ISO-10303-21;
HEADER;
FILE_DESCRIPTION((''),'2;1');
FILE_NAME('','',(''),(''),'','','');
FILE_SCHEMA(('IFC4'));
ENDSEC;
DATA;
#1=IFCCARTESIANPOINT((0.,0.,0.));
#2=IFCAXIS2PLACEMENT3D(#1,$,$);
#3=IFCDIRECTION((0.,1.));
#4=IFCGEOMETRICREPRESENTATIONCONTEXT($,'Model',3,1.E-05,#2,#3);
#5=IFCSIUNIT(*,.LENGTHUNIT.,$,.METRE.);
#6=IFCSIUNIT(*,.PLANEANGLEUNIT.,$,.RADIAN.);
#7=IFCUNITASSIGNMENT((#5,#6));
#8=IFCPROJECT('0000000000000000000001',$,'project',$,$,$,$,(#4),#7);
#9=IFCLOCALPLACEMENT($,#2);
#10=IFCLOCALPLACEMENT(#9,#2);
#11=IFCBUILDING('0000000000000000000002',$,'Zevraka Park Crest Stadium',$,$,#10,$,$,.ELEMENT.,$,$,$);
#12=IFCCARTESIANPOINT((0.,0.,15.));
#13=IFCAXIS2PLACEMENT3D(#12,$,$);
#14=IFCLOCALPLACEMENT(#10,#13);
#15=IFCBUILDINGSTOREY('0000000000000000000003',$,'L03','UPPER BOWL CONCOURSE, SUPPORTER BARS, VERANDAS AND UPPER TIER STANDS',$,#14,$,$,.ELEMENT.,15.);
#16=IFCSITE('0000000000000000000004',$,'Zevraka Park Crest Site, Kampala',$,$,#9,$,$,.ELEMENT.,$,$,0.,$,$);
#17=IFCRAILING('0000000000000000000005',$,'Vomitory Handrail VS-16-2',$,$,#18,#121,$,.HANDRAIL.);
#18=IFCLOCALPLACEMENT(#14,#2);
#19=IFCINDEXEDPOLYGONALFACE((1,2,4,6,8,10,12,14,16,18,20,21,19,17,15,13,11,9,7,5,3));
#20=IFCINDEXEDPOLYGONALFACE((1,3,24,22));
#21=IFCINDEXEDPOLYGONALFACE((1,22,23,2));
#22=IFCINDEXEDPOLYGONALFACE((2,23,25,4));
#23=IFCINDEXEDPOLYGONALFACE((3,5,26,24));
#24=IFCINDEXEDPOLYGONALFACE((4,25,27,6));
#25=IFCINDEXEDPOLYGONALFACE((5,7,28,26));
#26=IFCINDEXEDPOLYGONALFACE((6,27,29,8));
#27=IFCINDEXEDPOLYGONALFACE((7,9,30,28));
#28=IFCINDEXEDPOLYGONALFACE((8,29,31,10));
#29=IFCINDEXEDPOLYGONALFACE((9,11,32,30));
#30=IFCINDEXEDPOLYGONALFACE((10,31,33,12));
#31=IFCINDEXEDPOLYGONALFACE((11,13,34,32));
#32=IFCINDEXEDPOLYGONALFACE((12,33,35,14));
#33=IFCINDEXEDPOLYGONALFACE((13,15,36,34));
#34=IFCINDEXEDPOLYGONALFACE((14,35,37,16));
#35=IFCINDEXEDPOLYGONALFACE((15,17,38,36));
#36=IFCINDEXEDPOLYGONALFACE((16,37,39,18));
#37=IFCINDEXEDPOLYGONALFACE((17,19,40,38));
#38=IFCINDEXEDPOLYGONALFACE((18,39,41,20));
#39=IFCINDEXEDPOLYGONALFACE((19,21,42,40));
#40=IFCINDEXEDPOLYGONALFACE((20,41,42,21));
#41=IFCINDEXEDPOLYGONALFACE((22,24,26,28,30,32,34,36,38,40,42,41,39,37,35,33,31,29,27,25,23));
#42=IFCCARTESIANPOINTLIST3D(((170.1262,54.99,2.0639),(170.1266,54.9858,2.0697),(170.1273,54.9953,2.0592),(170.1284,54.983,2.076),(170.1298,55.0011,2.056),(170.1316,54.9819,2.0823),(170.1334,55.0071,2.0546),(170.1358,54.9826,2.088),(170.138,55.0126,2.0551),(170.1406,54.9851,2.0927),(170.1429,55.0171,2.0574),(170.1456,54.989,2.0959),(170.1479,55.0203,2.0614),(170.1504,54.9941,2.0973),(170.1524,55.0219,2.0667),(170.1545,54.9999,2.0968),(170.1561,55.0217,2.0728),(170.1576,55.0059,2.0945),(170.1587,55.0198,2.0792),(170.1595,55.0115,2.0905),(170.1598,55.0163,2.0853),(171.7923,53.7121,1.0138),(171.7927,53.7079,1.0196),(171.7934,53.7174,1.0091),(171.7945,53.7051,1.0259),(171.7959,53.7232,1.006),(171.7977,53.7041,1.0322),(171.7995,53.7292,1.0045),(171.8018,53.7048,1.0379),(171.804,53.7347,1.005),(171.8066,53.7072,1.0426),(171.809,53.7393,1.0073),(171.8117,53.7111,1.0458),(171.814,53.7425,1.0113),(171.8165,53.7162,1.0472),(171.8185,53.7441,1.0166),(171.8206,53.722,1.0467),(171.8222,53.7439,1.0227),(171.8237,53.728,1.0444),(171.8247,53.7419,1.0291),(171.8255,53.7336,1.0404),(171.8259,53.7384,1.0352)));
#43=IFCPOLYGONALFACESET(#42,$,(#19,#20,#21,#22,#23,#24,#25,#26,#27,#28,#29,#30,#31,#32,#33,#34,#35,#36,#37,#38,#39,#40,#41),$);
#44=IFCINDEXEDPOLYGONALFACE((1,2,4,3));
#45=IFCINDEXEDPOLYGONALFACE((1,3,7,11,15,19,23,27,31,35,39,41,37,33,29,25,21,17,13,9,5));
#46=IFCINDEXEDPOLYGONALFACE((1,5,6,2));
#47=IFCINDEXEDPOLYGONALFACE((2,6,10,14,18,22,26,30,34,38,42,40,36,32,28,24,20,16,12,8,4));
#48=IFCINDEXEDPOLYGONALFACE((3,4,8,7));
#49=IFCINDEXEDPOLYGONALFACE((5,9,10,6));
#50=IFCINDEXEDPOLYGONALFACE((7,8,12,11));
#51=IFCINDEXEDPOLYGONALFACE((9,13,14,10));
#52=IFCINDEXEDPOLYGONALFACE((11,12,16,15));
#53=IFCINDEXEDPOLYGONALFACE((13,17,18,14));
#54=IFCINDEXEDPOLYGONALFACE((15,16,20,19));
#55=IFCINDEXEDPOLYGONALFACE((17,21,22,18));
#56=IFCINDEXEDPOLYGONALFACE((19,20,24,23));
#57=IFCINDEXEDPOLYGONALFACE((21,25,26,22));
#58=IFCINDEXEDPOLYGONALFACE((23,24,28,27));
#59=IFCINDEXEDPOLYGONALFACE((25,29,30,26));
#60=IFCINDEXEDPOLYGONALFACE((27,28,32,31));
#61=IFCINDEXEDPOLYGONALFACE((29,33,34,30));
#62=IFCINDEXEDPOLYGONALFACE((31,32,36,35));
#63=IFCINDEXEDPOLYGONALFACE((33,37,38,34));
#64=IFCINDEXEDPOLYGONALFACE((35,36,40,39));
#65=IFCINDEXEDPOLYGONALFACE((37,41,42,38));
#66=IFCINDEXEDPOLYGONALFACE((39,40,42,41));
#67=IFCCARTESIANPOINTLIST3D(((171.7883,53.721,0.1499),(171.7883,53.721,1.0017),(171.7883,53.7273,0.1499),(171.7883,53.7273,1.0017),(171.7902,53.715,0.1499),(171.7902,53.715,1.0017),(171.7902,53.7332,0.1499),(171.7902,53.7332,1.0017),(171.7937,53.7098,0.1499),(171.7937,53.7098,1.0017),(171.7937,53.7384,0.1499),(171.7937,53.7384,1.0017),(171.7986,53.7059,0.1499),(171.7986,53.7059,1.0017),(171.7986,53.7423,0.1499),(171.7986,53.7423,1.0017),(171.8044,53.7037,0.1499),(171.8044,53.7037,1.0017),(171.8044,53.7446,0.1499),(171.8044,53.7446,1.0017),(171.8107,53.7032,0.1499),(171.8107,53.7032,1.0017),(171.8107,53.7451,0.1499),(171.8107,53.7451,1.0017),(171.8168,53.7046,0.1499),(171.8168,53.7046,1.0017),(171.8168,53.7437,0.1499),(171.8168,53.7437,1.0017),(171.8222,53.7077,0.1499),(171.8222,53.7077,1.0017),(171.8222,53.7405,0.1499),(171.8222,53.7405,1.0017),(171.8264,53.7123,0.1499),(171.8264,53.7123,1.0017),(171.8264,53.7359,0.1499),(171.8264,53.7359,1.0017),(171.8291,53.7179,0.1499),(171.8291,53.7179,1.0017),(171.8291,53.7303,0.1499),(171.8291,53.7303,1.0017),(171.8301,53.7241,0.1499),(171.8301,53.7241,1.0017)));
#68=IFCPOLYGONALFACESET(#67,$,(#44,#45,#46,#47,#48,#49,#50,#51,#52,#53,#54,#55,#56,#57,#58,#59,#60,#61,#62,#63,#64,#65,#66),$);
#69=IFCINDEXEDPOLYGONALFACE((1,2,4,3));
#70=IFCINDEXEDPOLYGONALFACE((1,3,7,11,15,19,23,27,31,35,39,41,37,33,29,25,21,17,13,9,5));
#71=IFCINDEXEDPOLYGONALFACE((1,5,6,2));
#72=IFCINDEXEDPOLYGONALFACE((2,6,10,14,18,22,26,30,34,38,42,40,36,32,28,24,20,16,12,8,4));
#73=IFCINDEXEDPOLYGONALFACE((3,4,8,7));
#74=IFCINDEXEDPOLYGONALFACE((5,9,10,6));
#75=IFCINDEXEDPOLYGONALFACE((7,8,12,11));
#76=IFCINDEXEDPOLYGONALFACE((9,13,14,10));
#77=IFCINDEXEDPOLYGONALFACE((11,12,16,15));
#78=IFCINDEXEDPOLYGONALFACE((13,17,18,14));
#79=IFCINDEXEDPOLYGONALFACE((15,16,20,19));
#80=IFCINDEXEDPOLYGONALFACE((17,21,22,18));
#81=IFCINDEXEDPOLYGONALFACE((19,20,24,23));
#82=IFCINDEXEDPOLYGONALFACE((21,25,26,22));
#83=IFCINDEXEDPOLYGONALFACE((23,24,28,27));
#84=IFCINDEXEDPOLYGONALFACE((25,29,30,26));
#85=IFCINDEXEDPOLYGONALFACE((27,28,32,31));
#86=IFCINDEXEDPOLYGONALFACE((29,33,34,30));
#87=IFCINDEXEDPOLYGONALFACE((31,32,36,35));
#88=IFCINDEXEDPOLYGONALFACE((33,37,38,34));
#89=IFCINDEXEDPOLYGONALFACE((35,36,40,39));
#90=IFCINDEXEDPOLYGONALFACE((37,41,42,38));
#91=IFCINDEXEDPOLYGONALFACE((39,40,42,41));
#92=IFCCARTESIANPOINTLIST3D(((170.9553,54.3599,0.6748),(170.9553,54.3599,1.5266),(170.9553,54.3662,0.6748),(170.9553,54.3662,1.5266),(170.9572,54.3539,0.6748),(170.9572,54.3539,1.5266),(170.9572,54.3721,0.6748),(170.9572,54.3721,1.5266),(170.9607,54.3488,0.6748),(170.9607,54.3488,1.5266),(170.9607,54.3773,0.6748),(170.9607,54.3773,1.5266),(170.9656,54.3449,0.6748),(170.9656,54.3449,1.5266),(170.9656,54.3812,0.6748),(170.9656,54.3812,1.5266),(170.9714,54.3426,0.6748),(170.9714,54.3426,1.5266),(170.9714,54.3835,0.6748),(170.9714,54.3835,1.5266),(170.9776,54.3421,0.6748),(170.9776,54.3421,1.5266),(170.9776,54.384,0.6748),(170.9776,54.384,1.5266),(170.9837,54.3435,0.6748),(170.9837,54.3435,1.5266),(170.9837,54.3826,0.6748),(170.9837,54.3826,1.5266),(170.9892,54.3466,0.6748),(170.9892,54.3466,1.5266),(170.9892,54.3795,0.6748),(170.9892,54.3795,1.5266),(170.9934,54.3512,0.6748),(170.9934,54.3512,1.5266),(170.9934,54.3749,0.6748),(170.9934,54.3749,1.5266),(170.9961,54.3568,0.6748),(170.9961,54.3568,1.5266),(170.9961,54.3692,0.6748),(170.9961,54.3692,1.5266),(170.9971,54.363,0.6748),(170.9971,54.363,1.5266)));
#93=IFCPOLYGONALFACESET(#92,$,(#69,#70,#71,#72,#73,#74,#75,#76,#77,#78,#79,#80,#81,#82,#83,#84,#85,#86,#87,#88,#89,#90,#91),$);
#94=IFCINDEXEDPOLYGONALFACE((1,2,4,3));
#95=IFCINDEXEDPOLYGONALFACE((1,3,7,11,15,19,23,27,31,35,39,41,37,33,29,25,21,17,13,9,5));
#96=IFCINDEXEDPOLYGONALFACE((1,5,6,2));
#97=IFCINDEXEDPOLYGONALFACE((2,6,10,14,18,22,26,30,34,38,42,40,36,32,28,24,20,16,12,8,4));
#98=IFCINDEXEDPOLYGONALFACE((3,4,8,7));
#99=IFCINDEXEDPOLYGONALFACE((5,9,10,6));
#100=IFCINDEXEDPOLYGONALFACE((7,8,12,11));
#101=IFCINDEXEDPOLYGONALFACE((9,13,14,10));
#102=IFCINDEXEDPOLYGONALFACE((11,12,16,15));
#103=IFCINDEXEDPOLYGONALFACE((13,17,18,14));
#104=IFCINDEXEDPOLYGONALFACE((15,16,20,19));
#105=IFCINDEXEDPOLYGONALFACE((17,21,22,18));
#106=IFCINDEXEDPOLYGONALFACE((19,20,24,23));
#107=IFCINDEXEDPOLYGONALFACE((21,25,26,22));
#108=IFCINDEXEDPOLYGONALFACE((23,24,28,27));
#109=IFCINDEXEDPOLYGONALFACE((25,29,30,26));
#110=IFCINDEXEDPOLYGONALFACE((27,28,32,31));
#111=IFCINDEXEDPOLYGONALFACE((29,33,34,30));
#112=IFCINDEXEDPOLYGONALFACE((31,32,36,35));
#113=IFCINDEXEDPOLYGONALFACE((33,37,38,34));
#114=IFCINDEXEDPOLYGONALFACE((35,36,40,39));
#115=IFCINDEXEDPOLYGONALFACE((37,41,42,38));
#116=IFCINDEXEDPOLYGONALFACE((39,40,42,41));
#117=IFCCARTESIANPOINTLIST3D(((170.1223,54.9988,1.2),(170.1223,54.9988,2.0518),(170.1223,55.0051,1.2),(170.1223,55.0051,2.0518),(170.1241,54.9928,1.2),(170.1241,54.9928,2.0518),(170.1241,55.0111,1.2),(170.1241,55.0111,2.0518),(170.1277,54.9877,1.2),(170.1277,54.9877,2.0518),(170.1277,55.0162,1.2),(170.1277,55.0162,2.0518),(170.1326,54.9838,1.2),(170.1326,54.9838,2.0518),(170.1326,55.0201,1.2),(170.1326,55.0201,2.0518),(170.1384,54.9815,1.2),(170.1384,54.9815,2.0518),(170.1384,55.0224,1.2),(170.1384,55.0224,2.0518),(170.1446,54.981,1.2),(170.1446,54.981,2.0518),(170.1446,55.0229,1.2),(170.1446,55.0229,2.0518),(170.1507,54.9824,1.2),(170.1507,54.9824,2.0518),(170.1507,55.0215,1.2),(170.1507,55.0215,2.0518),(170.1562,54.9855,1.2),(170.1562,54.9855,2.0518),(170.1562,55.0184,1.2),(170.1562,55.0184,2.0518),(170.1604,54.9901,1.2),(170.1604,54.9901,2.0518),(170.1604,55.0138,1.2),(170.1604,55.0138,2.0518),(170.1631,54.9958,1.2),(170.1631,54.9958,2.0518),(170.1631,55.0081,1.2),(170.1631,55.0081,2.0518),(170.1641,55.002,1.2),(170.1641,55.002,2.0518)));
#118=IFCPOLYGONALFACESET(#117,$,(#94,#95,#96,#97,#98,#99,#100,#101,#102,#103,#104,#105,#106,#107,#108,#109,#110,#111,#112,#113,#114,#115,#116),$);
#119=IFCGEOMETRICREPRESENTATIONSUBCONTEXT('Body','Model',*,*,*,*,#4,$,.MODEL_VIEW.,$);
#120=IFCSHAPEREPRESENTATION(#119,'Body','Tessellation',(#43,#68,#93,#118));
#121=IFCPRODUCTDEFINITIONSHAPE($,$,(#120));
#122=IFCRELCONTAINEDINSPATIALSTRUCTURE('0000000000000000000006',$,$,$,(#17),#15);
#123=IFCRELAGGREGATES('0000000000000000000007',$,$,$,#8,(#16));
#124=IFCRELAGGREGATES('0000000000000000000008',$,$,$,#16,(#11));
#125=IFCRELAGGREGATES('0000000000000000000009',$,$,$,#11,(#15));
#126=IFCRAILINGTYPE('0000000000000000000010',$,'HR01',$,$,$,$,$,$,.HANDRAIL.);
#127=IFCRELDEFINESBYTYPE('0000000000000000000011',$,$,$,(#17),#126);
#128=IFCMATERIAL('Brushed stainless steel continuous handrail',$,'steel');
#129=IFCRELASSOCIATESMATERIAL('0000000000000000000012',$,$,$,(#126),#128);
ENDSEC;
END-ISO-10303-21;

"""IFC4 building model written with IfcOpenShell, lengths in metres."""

from ifc_helpers import new_model, si_unit, direction, frame, origin, origin_2d, place, context, subcontext, project, spatial, circle, extrude, material, type_object, element, save


model = new_model("IFC4")

# Units and contexts
model_context = context("Model", 3, precision=1e-05, world=origin(), true_north=direction((0.0, 1.0)))
body_context = subcontext(model_context, "Body", "Model", "MODEL_VIEW")
ifc_project = project(units=[si_unit("LENGTHUNIT", "METRE"), si_unit("PLANEANGLEUNIT", "RADIAN")], contexts=[model_context])

# Site, building, storey
site_placement = place(None, origin())
site = spatial("IfcSite", under=ifc_project, at=site_placement, Name="Zevraka Park Crest Site, Kampala", CompositionType="ELEMENT", RefElevation=0.0)
building_placement = place(site_placement, origin())
building = spatial("IfcBuilding", under=site, at=building_placement, Name="Zevraka Park Crest Stadium", CompositionType="ELEMENT")
storey_placement = place(building_placement, frame((0.0, 0.0, 15.0)))
storey = spatial("IfcBuildingStorey", under=building, at=storey_placement, Name="L03", Description="UPPER BOWL CONCOURSE, SUPPORTER BARS, VERANDAS AND UPPER TIER STANDS", CompositionType="ELEMENT", Elevation=15.0)

# Railing
ifc_material_1 = material(Name="Brushed stainless steel continuous handrail", Category="steel")
railing_type_1 = type_object("IfcRailingType", Name="HR01", PredefinedType="HANDRAIL", material=ifc_material_1)
railing_1_placement = place(storey_placement, frame((171.8091, 53.7241, 0.1499)))
element("IfcRailing", 1, at=railing_1_placement, inside=storey, type_object=railing_type_1, Name="Vomitory Handrail VS-16-2", PredefinedType="HANDRAIL", context=body_context, shape_type="SweptSolid", body=[
    extrude(circle(Radius=0.0239, at=origin_2d()), frame((0.0, 0.0, 0.876), z_axis=(-0.709678, 0.544322, 0.447293), x_axis=(-0.608598, -0.793479, 0.0)), (0.0, 0.0, 1.0), 2.3477),
    extrude(circle(Radius=0.021, at=origin_2d()), origin(), (0.0, 0.0, 1.0), 0.8518),
    extrude(circle(Radius=0.021, at=origin_2d()), frame((-0.833, 0.6389, 0.5249)), (0.0, 0.0, 1.0), 0.8518),
    extrude(circle(Radius=0.021, at=origin_2d()), frame((-1.666, 1.2778, 1.05)), (0.0, 0.0, 1.0), 0.8518),
])

save(model, "model.ifc")
